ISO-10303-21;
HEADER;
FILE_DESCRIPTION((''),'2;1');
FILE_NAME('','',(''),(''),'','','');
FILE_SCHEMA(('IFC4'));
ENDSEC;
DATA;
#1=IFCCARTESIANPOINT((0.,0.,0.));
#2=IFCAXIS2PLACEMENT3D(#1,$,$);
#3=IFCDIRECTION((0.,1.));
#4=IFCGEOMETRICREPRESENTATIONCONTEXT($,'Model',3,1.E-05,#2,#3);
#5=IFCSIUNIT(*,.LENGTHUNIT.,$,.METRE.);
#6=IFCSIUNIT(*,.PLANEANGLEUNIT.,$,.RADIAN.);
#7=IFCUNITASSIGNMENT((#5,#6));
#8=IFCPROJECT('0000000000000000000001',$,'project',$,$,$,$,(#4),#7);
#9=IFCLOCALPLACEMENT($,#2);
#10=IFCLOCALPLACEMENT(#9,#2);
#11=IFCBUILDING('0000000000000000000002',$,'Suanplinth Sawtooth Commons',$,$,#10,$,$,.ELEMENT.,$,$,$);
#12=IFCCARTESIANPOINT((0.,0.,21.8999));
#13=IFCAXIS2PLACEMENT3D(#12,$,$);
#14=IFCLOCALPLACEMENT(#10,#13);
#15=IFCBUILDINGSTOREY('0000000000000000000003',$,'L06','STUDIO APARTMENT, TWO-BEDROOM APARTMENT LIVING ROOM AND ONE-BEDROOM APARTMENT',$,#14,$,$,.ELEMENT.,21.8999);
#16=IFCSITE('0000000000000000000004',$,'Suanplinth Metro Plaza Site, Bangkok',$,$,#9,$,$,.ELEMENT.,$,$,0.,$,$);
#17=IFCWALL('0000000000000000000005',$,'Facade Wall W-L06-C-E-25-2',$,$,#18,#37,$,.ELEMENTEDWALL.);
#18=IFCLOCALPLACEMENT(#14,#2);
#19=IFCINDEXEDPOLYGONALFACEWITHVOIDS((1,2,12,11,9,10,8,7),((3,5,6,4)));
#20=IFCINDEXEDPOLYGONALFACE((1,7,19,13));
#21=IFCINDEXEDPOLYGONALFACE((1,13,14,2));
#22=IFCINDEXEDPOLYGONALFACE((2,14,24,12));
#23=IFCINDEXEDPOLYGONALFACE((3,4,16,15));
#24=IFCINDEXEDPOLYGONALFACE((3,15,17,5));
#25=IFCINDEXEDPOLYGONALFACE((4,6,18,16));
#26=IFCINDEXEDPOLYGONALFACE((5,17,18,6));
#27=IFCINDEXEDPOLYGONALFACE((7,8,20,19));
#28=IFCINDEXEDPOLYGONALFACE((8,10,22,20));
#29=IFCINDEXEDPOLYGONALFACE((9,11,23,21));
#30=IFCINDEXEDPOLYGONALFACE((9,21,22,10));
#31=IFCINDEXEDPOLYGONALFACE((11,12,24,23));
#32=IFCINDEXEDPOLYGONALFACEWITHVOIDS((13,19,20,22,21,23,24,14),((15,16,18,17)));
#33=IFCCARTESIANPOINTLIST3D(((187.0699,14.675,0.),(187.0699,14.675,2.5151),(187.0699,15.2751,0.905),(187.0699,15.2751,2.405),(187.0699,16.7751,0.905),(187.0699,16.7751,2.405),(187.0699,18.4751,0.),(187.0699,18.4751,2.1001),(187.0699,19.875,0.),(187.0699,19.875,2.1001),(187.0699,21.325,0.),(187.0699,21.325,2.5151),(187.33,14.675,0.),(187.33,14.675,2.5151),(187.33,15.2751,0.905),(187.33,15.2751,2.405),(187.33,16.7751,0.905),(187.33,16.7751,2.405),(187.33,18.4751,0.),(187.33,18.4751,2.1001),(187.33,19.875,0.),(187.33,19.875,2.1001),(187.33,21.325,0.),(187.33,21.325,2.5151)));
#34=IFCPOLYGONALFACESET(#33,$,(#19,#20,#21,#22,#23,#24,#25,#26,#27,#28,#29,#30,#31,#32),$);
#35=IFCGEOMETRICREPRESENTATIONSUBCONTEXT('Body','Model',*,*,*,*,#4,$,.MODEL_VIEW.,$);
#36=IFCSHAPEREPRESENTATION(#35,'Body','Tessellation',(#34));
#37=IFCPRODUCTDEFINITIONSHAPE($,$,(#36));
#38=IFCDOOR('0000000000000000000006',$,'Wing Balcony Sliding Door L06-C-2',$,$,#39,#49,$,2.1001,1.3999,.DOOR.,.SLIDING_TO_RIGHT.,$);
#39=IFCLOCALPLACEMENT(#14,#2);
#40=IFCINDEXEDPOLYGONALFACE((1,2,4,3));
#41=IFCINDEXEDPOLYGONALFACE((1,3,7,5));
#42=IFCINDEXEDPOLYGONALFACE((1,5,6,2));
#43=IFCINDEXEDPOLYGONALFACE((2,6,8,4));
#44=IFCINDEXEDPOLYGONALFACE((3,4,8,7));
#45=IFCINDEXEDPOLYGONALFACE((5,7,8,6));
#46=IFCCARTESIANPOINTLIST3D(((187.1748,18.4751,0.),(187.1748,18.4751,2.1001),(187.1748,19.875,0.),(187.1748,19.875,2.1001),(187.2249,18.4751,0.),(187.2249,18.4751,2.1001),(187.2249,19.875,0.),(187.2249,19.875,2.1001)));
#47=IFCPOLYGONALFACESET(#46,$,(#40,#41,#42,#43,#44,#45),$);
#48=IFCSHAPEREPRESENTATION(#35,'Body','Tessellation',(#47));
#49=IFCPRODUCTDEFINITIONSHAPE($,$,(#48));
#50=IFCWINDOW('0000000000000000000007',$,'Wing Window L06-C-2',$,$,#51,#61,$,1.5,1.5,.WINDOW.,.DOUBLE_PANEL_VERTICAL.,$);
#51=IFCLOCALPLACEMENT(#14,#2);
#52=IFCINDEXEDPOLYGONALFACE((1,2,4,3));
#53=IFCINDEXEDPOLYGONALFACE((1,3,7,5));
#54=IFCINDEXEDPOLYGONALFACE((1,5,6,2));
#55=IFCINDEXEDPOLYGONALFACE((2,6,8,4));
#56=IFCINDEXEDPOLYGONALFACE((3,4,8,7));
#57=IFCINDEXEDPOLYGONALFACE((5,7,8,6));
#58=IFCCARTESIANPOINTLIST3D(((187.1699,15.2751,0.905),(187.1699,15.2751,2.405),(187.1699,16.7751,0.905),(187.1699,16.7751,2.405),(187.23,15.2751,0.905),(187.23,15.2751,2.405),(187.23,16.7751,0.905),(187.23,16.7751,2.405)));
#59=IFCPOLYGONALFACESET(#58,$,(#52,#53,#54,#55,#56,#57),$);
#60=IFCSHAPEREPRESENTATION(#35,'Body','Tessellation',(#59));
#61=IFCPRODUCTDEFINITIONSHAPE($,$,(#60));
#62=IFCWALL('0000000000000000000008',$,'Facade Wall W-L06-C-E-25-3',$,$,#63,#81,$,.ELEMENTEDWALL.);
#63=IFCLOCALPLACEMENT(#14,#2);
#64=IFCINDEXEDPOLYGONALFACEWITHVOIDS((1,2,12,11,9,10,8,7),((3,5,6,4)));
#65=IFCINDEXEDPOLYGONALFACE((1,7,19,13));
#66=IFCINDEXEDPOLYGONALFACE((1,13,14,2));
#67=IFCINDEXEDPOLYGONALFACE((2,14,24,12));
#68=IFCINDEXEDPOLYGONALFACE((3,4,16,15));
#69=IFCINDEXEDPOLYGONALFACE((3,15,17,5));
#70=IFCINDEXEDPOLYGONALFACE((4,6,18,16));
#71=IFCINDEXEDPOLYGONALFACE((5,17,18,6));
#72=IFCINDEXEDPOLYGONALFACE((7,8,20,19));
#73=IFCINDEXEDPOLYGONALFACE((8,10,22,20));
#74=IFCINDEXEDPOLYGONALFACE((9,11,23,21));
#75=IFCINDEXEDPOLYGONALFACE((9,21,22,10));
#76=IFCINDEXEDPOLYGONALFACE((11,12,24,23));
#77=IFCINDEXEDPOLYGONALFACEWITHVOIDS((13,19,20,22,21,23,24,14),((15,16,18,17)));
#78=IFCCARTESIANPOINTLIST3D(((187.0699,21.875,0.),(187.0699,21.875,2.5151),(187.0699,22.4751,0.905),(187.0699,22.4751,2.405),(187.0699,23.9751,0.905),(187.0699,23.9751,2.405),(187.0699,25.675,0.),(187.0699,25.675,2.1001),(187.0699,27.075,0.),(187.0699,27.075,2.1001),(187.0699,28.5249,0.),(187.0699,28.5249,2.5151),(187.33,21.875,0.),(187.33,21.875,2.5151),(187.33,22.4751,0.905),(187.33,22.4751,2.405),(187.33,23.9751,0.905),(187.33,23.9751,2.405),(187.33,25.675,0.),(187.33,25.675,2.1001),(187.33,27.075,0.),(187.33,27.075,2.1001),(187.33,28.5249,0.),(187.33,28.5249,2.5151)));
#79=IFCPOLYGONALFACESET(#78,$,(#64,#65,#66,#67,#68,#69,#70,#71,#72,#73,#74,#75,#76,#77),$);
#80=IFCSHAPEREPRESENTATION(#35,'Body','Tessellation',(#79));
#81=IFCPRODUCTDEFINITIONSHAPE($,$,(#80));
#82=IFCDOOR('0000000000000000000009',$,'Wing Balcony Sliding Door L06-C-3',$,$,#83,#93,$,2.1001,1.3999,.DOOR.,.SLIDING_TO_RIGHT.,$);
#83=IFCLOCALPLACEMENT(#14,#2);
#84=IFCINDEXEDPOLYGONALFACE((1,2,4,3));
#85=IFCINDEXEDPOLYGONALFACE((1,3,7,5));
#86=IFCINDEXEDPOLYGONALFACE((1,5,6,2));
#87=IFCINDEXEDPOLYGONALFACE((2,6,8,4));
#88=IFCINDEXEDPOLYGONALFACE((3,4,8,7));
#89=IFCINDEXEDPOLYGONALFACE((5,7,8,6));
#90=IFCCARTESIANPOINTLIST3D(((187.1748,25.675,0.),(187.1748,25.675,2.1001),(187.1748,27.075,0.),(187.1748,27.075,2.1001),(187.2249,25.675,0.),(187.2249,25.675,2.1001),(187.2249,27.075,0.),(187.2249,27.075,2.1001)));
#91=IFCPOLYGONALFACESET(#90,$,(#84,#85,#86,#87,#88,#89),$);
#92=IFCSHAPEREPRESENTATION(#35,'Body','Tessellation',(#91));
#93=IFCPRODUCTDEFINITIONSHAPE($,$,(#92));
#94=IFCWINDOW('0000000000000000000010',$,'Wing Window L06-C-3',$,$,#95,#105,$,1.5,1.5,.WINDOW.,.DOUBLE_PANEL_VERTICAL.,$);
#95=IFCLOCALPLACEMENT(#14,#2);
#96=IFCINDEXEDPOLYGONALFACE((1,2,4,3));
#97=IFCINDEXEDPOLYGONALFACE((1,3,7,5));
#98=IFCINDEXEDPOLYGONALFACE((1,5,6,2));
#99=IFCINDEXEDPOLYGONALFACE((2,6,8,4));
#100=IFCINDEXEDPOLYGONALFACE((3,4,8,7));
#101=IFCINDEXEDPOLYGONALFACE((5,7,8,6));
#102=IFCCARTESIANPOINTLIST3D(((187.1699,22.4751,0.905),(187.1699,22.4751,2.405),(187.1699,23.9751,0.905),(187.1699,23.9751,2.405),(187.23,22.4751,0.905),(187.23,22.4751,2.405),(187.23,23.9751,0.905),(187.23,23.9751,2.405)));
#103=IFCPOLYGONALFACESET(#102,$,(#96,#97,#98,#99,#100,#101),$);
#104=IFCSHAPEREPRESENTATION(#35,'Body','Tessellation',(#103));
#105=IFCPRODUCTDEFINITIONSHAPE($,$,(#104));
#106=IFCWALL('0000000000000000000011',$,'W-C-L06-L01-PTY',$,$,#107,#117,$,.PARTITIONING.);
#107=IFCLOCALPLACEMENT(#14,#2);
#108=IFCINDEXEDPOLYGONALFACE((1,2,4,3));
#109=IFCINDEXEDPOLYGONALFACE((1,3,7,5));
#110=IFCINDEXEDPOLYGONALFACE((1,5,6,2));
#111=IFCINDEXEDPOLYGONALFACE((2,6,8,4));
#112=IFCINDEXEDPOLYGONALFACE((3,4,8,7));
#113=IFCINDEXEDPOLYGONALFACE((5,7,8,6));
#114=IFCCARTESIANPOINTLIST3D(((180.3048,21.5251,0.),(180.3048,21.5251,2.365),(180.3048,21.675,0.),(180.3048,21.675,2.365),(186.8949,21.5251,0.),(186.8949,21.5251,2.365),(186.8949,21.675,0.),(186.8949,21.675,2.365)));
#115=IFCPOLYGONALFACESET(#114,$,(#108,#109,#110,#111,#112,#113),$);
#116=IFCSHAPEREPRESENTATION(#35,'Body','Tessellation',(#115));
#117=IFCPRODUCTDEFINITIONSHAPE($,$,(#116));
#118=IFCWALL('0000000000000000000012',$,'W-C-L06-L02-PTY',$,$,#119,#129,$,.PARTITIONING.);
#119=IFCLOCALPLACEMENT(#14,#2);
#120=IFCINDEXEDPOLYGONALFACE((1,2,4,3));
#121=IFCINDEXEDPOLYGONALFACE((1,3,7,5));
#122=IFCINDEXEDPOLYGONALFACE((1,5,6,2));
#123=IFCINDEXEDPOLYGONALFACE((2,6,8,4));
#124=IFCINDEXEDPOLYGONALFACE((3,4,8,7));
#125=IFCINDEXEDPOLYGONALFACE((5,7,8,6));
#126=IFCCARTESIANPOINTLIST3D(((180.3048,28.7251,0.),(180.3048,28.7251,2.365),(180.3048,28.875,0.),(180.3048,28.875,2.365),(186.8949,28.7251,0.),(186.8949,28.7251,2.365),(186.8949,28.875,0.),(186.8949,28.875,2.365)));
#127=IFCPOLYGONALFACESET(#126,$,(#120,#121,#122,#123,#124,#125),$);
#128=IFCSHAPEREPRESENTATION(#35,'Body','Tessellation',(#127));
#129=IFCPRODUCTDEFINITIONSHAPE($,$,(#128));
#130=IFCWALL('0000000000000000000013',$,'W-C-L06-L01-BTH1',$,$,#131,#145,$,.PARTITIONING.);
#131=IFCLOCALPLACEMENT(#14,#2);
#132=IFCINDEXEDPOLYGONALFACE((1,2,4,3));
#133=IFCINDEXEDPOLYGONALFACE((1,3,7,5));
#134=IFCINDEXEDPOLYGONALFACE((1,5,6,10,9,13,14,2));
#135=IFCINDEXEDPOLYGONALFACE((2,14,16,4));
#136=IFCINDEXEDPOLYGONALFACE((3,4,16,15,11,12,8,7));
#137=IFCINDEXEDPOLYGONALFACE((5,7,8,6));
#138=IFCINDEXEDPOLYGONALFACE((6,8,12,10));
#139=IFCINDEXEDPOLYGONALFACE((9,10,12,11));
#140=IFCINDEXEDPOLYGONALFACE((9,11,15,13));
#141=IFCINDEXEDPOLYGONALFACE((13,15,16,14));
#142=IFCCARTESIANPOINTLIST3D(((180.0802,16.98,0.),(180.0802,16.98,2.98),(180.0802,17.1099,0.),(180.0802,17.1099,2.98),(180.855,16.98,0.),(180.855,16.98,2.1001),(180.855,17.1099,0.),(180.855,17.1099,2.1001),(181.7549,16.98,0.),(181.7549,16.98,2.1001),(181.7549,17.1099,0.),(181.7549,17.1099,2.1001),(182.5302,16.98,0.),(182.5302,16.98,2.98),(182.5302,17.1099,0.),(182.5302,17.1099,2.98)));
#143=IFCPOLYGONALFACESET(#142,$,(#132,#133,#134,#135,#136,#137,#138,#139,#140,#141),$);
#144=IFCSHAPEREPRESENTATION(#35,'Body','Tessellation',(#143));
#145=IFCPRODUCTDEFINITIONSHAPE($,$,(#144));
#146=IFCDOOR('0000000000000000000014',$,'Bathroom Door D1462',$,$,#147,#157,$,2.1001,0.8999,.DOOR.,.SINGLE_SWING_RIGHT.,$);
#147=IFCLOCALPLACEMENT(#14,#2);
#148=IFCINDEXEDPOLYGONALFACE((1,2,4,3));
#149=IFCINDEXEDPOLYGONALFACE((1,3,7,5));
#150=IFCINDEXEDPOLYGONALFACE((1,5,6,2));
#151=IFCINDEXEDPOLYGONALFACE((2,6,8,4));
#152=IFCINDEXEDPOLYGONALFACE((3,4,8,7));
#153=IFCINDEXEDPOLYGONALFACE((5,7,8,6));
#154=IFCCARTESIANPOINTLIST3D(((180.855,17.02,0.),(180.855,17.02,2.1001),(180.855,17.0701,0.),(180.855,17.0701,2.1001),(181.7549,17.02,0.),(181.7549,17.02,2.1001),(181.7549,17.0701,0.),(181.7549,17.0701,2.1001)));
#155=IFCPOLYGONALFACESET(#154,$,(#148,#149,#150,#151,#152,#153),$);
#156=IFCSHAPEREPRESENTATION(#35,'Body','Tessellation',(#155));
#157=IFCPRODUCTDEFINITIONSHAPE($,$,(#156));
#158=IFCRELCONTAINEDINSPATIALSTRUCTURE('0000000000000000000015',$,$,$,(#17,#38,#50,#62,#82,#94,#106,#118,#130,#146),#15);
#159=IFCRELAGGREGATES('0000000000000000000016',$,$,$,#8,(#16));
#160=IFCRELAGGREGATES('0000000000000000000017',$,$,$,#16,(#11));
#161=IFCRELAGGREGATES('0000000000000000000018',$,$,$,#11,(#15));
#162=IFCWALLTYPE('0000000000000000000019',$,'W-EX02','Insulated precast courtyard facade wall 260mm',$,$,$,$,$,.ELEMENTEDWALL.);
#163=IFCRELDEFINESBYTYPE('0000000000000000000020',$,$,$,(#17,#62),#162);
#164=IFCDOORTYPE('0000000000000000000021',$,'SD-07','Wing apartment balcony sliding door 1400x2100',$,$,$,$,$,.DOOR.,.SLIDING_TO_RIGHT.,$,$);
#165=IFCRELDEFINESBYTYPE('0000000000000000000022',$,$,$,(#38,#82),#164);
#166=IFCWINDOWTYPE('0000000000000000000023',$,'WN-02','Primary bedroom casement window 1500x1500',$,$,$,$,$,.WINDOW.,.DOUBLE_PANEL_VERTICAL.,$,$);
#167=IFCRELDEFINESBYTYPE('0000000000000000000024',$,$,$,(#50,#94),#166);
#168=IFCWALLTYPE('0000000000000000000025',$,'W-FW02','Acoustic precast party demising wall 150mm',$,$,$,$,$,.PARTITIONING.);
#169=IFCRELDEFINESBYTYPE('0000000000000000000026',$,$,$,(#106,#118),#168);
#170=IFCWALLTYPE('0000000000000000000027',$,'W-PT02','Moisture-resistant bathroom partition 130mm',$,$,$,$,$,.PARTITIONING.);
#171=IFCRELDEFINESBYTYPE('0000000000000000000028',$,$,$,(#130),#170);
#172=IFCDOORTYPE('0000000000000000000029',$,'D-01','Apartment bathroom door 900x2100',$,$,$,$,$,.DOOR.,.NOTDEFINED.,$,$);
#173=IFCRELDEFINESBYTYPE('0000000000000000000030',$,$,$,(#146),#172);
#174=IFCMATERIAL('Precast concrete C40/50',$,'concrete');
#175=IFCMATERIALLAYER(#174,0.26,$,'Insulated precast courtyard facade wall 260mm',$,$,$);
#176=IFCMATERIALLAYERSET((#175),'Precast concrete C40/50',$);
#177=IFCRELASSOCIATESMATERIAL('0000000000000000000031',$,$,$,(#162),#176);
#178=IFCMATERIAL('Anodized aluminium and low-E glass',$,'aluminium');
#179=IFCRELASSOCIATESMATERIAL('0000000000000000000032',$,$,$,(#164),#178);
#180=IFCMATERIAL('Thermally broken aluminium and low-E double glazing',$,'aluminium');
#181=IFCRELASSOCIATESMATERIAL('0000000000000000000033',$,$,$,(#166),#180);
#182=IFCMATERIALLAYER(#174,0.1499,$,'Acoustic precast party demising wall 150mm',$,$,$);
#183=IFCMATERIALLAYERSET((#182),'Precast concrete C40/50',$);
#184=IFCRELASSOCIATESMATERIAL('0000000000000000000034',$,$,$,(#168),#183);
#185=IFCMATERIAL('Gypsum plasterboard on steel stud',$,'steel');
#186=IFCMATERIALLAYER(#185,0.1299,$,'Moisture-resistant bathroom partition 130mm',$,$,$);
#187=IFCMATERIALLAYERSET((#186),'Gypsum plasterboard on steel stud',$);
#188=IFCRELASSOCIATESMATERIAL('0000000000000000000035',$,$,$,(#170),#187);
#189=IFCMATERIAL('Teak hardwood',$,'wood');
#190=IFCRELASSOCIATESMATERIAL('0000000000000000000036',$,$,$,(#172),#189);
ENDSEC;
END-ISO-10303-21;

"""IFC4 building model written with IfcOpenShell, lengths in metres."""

from ifc_helpers import new_model, si_unit, direction, frame, frame_2d, origin, place, context, subcontext, project, spatial, rectangle, extrude, material, layer, layer_set, type_object, element, fill, save


model = new_model("IFC4")

# Units and contexts
model_context = context("Model", 3, precision=1e-05, world=origin(), true_north=direction((0.0, 1.0)))
body_context = subcontext(model_context, "Body", "Model", "MODEL_VIEW")
ifc_project = project(units=[si_unit("LENGTHUNIT", "METRE"), si_unit("PLANEANGLEUNIT", "RADIAN")], contexts=[model_context])

# Site, building, storey
site_placement = place(None, origin())
site = spatial("IfcSite", under=ifc_project, at=site_placement, Name="Suanplinth Metro Plaza Site, Bangkok", CompositionType="ELEMENT", RefElevation=0.0)
building_placement = place(site_placement, origin())
building = spatial("IfcBuilding", under=site, at=building_placement, Name="Suanplinth Sawtooth Commons", CompositionType="ELEMENT")
storey_placement = place(building_placement, frame((0.0, 0.0, 21.8999)))
storey = spatial("IfcBuildingStorey", under=building, at=storey_placement, Name="L06", Description="STUDIO APARTMENT, TWO-BEDROOM APARTMENT LIVING ROOM AND ONE-BEDROOM APARTMENT", CompositionType="ELEMENT", Elevation=21.8999)

# Shared definitions
ifc_material_1 = material(Name="Precast concrete C40/50", Category="concrete")

# Walls, openings, doors, windows
ifc_layer_1 = layer(ifc_material_1, 0.26, Name="Insulated precast courtyard facade wall 260mm")
ifc_layer_set_1 = layer_set([ifc_layer_1], Name="Precast concrete C40/50")
wall_type_1 = type_object("IfcWallType", Name="W-EX02", Description="Insulated precast courtyard facade wall 260mm", PredefinedType="ELEMENTEDWALL", material=ifc_layer_set_1)
wall_1_placement = place(storey_placement, frame((187.2, 14.675, 0.0), z_axis=(0.0, 0.0, 1.0), x_axis=(0.0, 1.0, 0.0)))
wall_1 = element("IfcWall", 1, at=wall_1_placement, inside=storey, type_object=wall_type_1, Name="Facade Wall W-L06-C-E-25-2", PredefinedType="ELEMENTEDWALL", context=body_context, shape_type="SweptSolid", body=[
    extrude(rectangle(XDim=6.6499, YDim=0.26, at=frame_2d((3.325, 0.0))), origin(), (0.0, 0.0, 1.0), 2.5151),
])
opening_1_placement = place(wall_1_placement, frame((3.8, 0.0, 0.0)))
opening_1 = element("IfcOpeningElement", 2, at=opening_1_placement, cuts=wall_1, PredefinedType="OPENING", context=body_context, shape_type="SweptSolid", body=[
    extrude(rectangle(XDim=1.3999, YDim=2.1001, at=frame_2d((0.7, 1.05))), frame((0.0, 0.145, 0.0), z_axis=(0.0, -1.0, 0.0), x_axis=(1.0, 0.0, 0.0)), (0.0, 0.0, 1.0), 0.2898),
])
opening_2_placement = place(wall_1_placement, frame((0.6001, 0.0, 0.905)))
opening_2 = element("IfcOpeningElement", 3, at=opening_2_placement, cuts=wall_1, PredefinedType="OPENING", context=body_context, shape_type="SweptSolid", body=[
    extrude(rectangle(XDim=1.5, YDim=1.5, at=frame_2d((0.75, 0.75))), frame((0.0, 0.145, 0.0), z_axis=(0.0, -1.0, 0.0), x_axis=(1.0, 0.0, 0.0)), (0.0, 0.0, 1.0), 0.2898),
])
ifc_material_2 = material(Name="Anodized aluminium and low-E glass", Category="aluminium")
door_type_1 = type_object("IfcDoorType", Name="SD-07", Description="Wing apartment balcony sliding door 1400x2100", OperationType="SLIDING_TO_RIGHT", PredefinedType="DOOR", material=ifc_material_2)
door_1_placement = place(opening_1_placement, frame((1.3999, 0.0, 0.0), z_axis=(0.0, 0.0, 1.0), x_axis=(-1.0, 0.0, 0.0)))
door_1 = element("IfcDoor", 4, at=door_1_placement, inside=storey, type_object=door_type_1, Name="Wing Balcony Sliding Door L06-C-2", OperationType="SLIDING_TO_RIGHT", OverallHeight=2.1001, OverallWidth=1.3999, PredefinedType="DOOR", context=body_context, shape_type="SweptSolid", body=[
    extrude(rectangle(XDim=1.3999, YDim=2.1001, at=frame_2d((0.7, 1.05))), frame((0.0, 0.0249, 0.0), z_axis=(0.0, -1.0, 0.0), x_axis=(1.0, 0.0, 0.0)), (0.0, 0.0, 1.0), 0.05),
])
fill(opening_1, door_1)
ifc_material_3 = material(Name="Thermally broken aluminium and low-E double glazing", Category="aluminium")
window_type = type_object("IfcWindowType", Name="WN-02", Description="Primary bedroom casement window 1500x1500", PartitioningType="DOUBLE_PANEL_VERTICAL", PredefinedType="WINDOW", material=ifc_material_3)
window_1_placement = place(opening_2_placement, origin())
window_1 = element("IfcWindow", 5, at=window_1_placement, inside=storey, type_object=window_type, Name="Wing Window L06-C-2", OverallHeight=1.5, OverallWidth=1.5, PartitioningType="DOUBLE_PANEL_VERTICAL", PredefinedType="WINDOW", context=body_context, shape_type="SweptSolid", body=[
    extrude(rectangle(XDim=1.5, YDim=1.5, at=frame_2d((0.75, 0.75))), frame((0.0, 0.03, 0.0), z_axis=(0.0, -1.0, 0.0), x_axis=(1.0, 0.0, 0.0)), (0.0, 0.0, 1.0), 0.0601),
])
fill(opening_2, window_1)
wall_2_placement = place(storey_placement, frame((187.2, 21.875, 0.0), z_axis=(0.0, 0.0, 1.0), x_axis=(0.0, 1.0, 0.0)))
wall_2 = element("IfcWall", 6, at=wall_2_placement, inside=storey, type_object=wall_type_1, Name="Facade Wall W-L06-C-E-25-3", PredefinedType="ELEMENTEDWALL", context=body_context, shape_type="SweptSolid", body=[
    extrude(rectangle(XDim=6.6499, YDim=0.26, at=frame_2d((3.325, 0.0))), origin(), (0.0, 0.0, 1.0), 2.5151),
])
opening_3_placement = place(wall_2_placement, frame((3.8, 0.0, 0.0)))
opening_3 = element("IfcOpeningElement", 7, at=opening_3_placement, cuts=wall_2, PredefinedType="OPENING", context=body_context, shape_type="SweptSolid", body=[
    extrude(rectangle(XDim=1.3999, YDim=2.1001, at=frame_2d((0.7, 1.05))), frame((0.0, 0.145, 0.0), z_axis=(0.0, -1.0, 0.0), x_axis=(1.0, 0.0, 0.0)), (0.0, 0.0, 1.0), 0.2898),
])
opening_4_placement = place(wall_2_placement, frame((0.6001, 0.0, 0.905)))
opening_4 = element("IfcOpeningElement", 8, at=opening_4_placement, cuts=wall_2, PredefinedType="OPENING", context=body_context, shape_type="SweptSolid", body=[
    extrude(rectangle(XDim=1.5, YDim=1.5, at=frame_2d((0.75, 0.75))), frame((0.0, 0.145, 0.0), z_axis=(0.0, -1.0, 0.0), x_axis=(1.0, 0.0, 0.0)), (0.0, 0.0, 1.0), 0.2898),
])
door_2_placement = place(opening_3_placement, frame((1.3999, 0.0, 0.0), z_axis=(0.0, 0.0, 1.0), x_axis=(-1.0, 0.0, 0.0)))
door_2 = element("IfcDoor", 9, at=door_2_placement, inside=storey, type_object=door_type_1, Name="Wing Balcony Sliding Door L06-C-3", OperationType="SLIDING_TO_RIGHT", OverallHeight=2.1001, OverallWidth=1.3999, PredefinedType="DOOR", context=body_context, shape_type="SweptSolid", body=[
    extrude(rectangle(XDim=1.3999, YDim=2.1001, at=frame_2d((0.7, 1.05))), frame((0.0, 0.0249, 0.0), z_axis=(0.0, -1.0, 0.0), x_axis=(1.0, 0.0, 0.0)), (0.0, 0.0, 1.0), 0.05),
])
fill(opening_3, door_2)
window_2_placement = place(opening_4_placement, origin())
window_2 = element("IfcWindow", 10, at=window_2_placement, inside=storey, type_object=window_type, Name="Wing Window L06-C-3", OverallHeight=1.5, OverallWidth=1.5, PartitioningType="DOUBLE_PANEL_VERTICAL", PredefinedType="WINDOW", context=body_context, shape_type="SweptSolid", body=[
    extrude(rectangle(XDim=1.5, YDim=1.5, at=frame_2d((0.75, 0.75))), frame((0.0, 0.03, 0.0), z_axis=(0.0, -1.0, 0.0), x_axis=(1.0, 0.0, 0.0)), (0.0, 0.0, 1.0), 0.0601),
])
fill(opening_4, window_2)

# Walls
ifc_layer_2 = layer(ifc_material_1, 0.1499, Name="Acoustic precast party demising wall 150mm")
ifc_layer_set_2 = layer_set([ifc_layer_2], Name="Precast concrete C40/50")
wall_type_2 = type_object("IfcWallType", Name="W-FW02", Description="Acoustic precast party demising wall 150mm", PredefinedType="PARTITIONING", material=ifc_layer_set_2)
for number, where, z_axis, x_axis, name in (
    (11, (180.3049, 21.6001, 0.0), (0.0, 0.0, 1.0), (1.0, 0.0, 0.0), "W-C-L06-L01-PTY"),
    (12, (180.3049, 28.8, 0.0), (0.0, 0.0, 1.0), (1.0, 0.0, 0.0), "W-C-L06-L02-PTY"),
):
    element("IfcWall", number, at=place(storey_placement, frame(where, z_axis=z_axis, x_axis=x_axis)), inside=storey, type_object=wall_type_2, Name=name, PredefinedType="PARTITIONING", context=body_context, shape_type="SweptSolid", body=[
        extrude(rectangle(XDim=6.5901, YDim=0.1499, at=frame_2d((3.2949, 0.0))), origin(), (0.0, 0.0, 1.0), 2.365),
    ])

# Wall, opening, door
ifc_material_4 = material(Name="Gypsum plasterboard on steel stud", Category="steel")
ifc_layer_3 = layer(ifc_material_4, 0.1299, Name="Moisture-resistant bathroom partition 130mm")
ifc_layer_set_3 = layer_set([ifc_layer_3], Name="Gypsum plasterboard on steel stud")
wall_type_3 = type_object("IfcWallType", Name="W-PT02", Description="Moisture-resistant bathroom partition 130mm", PredefinedType="PARTITIONING", material=ifc_layer_set_3)
wall_3_placement = place(storey_placement, frame((180.0801, 17.0449, 0.0), z_axis=(0.0, 0.0, 1.0), x_axis=(1.0, 0.0, 0.0)))
wall_3 = element("IfcWall", 13, at=wall_3_placement, inside=storey, type_object=wall_type_3, Name="W-C-L06-L01-BTH1", PredefinedType="PARTITIONING", context=body_context, shape_type="SweptSolid", body=[
    extrude(rectangle(XDim=2.45, YDim=0.1299, at=frame_2d((1.2251, 0.0))), origin(), (0.0, 0.0, 1.0), 2.98),
])
opening_5_placement = place(wall_3_placement, frame((0.7749, 0.0, 0.0)))
opening_5 = element("IfcOpeningElement", 14, at=opening_5_placement, cuts=wall_3, PredefinedType="OPENING", context=body_context, shape_type="SweptSolid", body=[
    extrude(rectangle(XDim=0.8999, YDim=2.1001, at=frame_2d((0.45, 1.05))), frame((0.0, 0.0798, 0.0), z_axis=(0.0, -1.0, 0.0), x_axis=(1.0, 0.0, 0.0)), (0.0, 0.0, 1.0), 0.1597),
])
ifc_material_5 = material(Name="Teak hardwood", Category="wood")
door_type_2 = type_object("IfcDoorType", Name="D-01", Description="Apartment bathroom door 900x2100", OperationType="NOTDEFINED", PredefinedType="DOOR", material=ifc_material_5)
door_3_placement = place(opening_5_placement, frame((0.8999, 0.0, 0.0), z_axis=(0.0, 0.0, 1.0), x_axis=(-1.0, 0.0, 0.0)))
door_3 = element("IfcDoor", 15, at=door_3_placement, inside=storey, type_object=door_type_2, Name="Bathroom Door D1462", OperationType="SINGLE_SWING_RIGHT", OverallHeight=2.1001, OverallWidth=0.8999, PredefinedType="DOOR", context=body_context, shape_type="SweptSolid", body=[
    extrude(rectangle(XDim=0.8999, YDim=2.1001, at=frame_2d((0.45, 1.05))), frame((0.0, 0.0249, 0.0), z_axis=(0.0, -1.0, 0.0), x_axis=(1.0, 0.0, 0.0)), (0.0, 0.0, 1.0), 0.05),
])
fill(opening_5, door_3)

save(model, "model.ifc")
